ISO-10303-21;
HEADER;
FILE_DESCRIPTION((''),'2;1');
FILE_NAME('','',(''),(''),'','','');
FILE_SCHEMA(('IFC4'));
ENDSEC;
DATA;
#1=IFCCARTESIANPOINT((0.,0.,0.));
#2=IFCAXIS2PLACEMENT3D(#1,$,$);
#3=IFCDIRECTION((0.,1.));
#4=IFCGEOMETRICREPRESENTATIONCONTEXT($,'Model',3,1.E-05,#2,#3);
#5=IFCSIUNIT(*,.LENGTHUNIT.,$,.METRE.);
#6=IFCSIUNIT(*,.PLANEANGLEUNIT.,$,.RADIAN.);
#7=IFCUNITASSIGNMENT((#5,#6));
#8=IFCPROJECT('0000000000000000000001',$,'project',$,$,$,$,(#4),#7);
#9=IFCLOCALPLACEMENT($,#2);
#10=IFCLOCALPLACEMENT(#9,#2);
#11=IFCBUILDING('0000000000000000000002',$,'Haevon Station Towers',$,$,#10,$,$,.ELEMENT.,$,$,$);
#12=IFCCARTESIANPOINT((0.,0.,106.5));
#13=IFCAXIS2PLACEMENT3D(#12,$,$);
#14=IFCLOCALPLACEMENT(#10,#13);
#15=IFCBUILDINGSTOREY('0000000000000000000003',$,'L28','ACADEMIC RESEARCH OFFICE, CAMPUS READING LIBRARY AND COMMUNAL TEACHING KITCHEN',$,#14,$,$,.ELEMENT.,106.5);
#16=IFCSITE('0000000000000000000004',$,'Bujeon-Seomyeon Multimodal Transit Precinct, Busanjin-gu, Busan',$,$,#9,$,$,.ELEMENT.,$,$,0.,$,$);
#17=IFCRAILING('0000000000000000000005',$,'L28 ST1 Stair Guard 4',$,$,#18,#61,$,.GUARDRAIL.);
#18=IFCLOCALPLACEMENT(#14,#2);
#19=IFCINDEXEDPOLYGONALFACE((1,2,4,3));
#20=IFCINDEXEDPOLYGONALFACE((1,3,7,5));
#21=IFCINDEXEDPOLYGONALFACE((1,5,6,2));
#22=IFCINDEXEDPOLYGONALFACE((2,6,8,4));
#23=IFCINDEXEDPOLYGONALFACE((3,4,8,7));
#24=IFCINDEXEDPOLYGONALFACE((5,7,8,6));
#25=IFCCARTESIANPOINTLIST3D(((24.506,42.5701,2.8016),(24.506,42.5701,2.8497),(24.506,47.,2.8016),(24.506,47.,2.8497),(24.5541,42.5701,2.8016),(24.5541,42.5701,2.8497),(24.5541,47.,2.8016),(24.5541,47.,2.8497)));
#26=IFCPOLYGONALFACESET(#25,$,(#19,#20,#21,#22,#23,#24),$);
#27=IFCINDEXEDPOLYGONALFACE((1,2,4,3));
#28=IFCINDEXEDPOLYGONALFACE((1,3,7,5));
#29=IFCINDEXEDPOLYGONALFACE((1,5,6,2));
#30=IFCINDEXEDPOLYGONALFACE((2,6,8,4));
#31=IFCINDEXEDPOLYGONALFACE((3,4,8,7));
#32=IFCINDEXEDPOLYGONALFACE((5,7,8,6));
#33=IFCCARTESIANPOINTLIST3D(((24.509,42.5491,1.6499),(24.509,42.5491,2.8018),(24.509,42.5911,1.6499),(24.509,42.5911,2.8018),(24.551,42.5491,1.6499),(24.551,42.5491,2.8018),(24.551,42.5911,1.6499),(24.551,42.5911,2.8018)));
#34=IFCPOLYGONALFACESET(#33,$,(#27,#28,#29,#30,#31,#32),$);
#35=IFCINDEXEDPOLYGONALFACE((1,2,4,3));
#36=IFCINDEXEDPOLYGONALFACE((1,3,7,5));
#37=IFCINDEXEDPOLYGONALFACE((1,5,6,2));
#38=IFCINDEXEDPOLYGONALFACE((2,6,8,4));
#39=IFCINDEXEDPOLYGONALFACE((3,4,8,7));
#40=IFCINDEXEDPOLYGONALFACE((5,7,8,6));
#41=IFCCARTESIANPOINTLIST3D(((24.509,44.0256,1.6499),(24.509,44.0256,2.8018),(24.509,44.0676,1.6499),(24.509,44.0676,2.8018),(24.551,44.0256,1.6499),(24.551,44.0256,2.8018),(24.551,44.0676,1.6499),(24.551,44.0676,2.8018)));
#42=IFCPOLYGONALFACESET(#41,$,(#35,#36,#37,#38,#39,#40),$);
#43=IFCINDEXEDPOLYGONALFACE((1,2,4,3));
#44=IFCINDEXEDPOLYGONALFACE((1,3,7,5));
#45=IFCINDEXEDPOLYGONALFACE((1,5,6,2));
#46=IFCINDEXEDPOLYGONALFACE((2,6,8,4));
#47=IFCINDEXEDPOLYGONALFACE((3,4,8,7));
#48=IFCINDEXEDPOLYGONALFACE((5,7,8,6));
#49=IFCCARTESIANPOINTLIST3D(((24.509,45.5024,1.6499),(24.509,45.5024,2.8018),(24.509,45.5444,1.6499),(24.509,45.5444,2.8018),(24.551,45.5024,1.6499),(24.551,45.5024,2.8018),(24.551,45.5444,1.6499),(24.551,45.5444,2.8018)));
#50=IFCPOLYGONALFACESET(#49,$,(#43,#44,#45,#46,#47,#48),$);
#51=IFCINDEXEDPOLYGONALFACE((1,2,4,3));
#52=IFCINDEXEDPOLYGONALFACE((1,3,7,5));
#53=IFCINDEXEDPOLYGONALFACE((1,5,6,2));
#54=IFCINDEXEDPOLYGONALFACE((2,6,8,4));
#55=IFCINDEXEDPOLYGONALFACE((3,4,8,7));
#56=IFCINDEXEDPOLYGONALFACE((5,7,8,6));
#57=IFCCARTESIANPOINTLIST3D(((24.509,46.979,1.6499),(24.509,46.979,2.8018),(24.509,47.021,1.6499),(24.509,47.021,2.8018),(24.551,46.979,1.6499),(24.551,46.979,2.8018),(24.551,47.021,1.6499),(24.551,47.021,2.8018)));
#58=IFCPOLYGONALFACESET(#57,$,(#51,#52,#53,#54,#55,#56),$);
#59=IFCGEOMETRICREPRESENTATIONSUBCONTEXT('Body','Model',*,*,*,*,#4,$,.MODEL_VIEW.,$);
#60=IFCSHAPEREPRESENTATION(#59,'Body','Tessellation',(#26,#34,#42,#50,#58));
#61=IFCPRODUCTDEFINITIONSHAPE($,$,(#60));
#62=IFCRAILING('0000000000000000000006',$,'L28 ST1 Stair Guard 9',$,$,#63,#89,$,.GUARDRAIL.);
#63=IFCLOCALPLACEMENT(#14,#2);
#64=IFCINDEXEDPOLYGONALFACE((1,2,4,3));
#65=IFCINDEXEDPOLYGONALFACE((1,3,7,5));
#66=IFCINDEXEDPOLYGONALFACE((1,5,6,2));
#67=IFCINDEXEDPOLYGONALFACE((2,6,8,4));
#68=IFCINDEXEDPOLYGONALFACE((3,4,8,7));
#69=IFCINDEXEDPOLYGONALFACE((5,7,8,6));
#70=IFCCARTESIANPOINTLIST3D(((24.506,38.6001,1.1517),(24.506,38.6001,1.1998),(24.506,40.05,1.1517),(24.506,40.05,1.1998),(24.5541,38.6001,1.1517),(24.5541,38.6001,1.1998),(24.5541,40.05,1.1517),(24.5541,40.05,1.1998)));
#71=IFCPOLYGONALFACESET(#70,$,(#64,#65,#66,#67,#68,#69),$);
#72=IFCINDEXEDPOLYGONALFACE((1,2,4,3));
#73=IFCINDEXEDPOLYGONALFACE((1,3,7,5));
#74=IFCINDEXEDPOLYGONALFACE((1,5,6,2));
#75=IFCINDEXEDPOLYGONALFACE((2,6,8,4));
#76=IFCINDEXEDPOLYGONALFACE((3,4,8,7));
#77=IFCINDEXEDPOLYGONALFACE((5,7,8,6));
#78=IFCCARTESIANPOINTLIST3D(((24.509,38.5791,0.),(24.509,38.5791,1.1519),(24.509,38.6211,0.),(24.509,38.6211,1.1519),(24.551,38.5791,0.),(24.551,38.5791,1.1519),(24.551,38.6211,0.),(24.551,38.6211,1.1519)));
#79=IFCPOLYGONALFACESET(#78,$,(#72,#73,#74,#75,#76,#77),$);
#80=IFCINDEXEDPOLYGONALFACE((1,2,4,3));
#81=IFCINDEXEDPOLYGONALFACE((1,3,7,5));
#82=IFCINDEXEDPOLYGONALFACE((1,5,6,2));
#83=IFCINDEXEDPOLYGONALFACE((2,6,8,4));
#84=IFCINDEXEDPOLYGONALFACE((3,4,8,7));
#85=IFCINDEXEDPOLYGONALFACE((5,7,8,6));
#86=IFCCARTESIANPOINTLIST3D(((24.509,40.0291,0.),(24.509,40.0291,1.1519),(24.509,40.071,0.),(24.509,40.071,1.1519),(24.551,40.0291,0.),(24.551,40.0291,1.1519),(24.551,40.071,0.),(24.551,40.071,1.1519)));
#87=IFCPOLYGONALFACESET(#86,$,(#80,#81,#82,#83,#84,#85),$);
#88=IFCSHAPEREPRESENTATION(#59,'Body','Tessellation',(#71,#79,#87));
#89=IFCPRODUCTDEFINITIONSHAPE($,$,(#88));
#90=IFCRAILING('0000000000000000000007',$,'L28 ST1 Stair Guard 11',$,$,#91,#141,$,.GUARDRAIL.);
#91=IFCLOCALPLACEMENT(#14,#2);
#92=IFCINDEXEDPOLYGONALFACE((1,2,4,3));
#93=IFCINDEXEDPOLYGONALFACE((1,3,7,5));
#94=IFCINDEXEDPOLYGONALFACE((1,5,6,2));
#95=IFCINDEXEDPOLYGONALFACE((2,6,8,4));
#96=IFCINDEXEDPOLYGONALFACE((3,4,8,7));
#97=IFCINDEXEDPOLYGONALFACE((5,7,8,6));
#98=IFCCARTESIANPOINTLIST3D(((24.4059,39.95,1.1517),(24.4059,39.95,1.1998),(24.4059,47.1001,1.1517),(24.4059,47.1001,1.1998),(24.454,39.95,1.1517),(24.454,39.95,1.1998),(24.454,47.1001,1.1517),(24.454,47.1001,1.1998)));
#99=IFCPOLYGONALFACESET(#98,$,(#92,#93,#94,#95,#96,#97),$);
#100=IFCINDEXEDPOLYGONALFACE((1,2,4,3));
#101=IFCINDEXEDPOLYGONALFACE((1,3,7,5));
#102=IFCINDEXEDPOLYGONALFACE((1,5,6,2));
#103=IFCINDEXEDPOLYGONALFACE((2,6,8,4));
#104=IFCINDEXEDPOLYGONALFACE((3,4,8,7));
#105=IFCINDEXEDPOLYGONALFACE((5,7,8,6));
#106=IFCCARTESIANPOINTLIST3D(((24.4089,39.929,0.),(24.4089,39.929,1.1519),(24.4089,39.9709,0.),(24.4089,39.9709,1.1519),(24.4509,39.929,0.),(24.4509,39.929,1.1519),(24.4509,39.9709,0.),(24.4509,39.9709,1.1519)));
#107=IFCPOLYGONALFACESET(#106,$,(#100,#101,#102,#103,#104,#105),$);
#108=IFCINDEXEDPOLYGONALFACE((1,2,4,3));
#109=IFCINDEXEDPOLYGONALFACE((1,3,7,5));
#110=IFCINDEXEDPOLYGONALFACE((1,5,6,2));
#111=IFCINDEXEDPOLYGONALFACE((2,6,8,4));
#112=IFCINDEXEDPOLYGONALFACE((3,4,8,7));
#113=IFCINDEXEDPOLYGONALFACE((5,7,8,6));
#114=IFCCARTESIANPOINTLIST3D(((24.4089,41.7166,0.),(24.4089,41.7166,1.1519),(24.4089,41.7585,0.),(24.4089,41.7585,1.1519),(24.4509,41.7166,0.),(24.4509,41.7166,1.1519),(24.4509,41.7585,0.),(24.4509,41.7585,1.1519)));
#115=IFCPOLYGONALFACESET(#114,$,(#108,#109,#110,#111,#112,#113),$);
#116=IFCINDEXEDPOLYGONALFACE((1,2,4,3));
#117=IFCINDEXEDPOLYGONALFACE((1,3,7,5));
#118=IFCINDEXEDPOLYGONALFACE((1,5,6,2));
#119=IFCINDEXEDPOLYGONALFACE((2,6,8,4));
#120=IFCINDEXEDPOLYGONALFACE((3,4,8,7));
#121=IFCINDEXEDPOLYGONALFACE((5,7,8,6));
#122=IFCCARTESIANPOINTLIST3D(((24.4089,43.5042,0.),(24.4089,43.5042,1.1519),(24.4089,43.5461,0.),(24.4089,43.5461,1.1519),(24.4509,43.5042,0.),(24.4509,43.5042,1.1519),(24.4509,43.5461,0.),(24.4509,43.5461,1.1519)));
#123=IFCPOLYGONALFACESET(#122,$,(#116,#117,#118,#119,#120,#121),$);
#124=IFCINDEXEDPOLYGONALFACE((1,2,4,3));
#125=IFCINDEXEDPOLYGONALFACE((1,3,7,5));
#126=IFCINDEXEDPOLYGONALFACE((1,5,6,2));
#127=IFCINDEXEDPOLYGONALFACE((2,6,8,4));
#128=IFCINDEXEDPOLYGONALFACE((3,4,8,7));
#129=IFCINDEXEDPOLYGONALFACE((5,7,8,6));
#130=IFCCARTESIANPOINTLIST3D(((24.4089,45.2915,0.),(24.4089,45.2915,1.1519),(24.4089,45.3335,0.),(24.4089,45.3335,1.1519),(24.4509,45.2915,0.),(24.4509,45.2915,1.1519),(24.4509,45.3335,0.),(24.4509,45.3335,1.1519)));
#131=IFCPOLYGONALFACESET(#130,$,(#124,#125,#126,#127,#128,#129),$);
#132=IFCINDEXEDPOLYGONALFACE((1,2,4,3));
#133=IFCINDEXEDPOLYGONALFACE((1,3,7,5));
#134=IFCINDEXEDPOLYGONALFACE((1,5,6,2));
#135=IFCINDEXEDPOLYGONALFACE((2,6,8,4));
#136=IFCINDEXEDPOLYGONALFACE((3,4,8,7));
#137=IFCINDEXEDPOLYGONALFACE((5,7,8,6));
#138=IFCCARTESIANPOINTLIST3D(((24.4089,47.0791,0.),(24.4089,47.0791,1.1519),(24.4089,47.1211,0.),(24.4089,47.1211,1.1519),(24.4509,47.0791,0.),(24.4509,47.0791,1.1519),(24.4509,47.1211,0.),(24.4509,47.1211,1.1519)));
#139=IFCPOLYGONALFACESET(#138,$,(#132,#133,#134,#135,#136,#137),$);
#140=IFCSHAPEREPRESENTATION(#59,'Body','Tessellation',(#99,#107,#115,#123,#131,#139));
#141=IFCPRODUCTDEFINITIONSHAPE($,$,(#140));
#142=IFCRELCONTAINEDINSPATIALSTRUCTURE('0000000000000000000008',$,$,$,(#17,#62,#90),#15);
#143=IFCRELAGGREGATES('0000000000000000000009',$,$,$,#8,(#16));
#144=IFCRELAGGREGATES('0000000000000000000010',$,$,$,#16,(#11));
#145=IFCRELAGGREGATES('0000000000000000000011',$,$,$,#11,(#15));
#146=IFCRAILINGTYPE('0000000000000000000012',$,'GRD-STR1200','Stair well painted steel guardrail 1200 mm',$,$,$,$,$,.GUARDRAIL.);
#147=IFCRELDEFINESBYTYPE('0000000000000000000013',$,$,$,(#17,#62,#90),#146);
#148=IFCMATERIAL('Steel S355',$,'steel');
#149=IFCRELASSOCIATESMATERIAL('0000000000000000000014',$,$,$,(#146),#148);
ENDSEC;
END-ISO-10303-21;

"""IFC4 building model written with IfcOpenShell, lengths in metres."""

from ifc_helpers import new_model, si_unit, direction, frame, origin, origin_2d, place, context, subcontext, project, spatial, rectangle, extrude, material, type_object, element, save


model = new_model("IFC4")

# Units and contexts
model_context = context("Model", 3, precision=1e-05, world=origin(), true_north=direction((0.0, 1.0)))
body_context = subcontext(model_context, "Body", "Model", "MODEL_VIEW")
ifc_project = project(units=[si_unit("LENGTHUNIT", "METRE"), si_unit("PLANEANGLEUNIT", "RADIAN")], contexts=[model_context])

# Site, building, storey
site_placement = place(None, origin())
site = spatial("IfcSite", under=ifc_project, at=site_placement, Name="Bujeon-Seomyeon Multimodal Transit Precinct, Busanjin-gu, Busan", CompositionType="ELEMENT", RefElevation=0.0)
building_placement = place(site_placement, origin())
building = spatial("IfcBuilding", under=site, at=building_placement, Name="Haevon Station Towers", CompositionType="ELEMENT")
storey_placement = place(building_placement, frame((0.0, 0.0, 106.5)))
storey = spatial("IfcBuildingStorey", under=building, at=storey_placement, Name="L28", Description="ACADEMIC RESEARCH OFFICE, CAMPUS READING LIBRARY AND COMMUNAL TEACHING KITCHEN", CompositionType="ELEMENT", Elevation=106.5)

# Shared definitions
ifc_material_1 = material(Name="Steel S355", Category="steel")

# Railings
railing_type = type_object("IfcRailingType", Name="GRD-STR1200", Description="Stair well painted steel guardrail 1200 mm", PredefinedType="GUARDRAIL", material=ifc_material_1)
railing_1_placement = place(storey_placement, frame((24.53, 42.5701, 1.6499)))
element("IfcRailing", 1, at=railing_1_placement, inside=storey, type_object=railing_type, Name="L28 ST1 Stair Guard 4", PredefinedType="GUARDRAIL", context=body_context, shape_type="SweptSolid", body=[
    extrude(rectangle(XDim=0.0481, YDim=0.0481, at=origin_2d()), frame((0.0, 0.0, 1.1758), z_axis=(0.0, 1.0, 0.0), x_axis=(-1.0, 0.0, 0.0)), (0.0, 0.0, 1.0), 4.4299),
    extrude(rectangle(XDim=0.042, YDim=0.042, at=origin_2d()), origin(), (0.0, 0.0, 1.0), 1.1519),
    extrude(rectangle(XDim=0.042, YDim=0.042, at=origin_2d()), frame((0.0, 1.4766, 0.0)), (0.0, 0.0, 1.0), 1.1519),
    extrude(rectangle(XDim=0.042, YDim=0.042, at=origin_2d()), frame((0.0, 2.9534, 0.0)), (0.0, 0.0, 1.0), 1.1519),
    extrude(rectangle(XDim=0.042, YDim=0.042, at=origin_2d()), frame((0.0, 4.4299, 0.0)), (0.0, 0.0, 1.0), 1.1519),
])
railing_2_placement = place(storey_placement, frame((24.53, 38.6001, 0.0)))
element("IfcRailing", 2, at=railing_2_placement, inside=storey, type_object=railing_type, Name="L28 ST1 Stair Guard 9", PredefinedType="GUARDRAIL", context=body_context, shape_type="SweptSolid", body=[
    extrude(rectangle(XDim=0.0481, YDim=0.0481, at=origin_2d()), frame((0.0, 0.0, 1.1758), z_axis=(0.0, 1.0, 0.0), x_axis=(-1.0, 0.0, 0.0)), (0.0, 0.0, 1.0), 1.45),
    extrude(rectangle(XDim=0.042, YDim=0.042, at=origin_2d()), origin(), (0.0, 0.0, 1.0), 1.1519),
    extrude(rectangle(XDim=0.042, YDim=0.042, at=origin_2d()), frame((0.0, 1.45, 0.0)), (0.0, 0.0, 1.0), 1.1519),
])
railing_3_placement = place(storey_placement, frame((24.4299, 39.95, 0.0)))
element("IfcRailing", 3, at=railing_3_placement, inside=storey, type_object=railing_type, Name="L28 ST1 Stair Guard 11", PredefinedType="GUARDRAIL", context=body_context, shape_type="SweptSolid", body=[
    extrude(rectangle(XDim=0.0481, YDim=0.0481, at=origin_2d()), frame((0.0, 0.0, 1.1758), z_axis=(0.0, 1.0, 0.0), x_axis=(-1.0, 0.0, 0.0)), (0.0, 0.0, 1.0), 7.1501),
    extrude(rectangle(XDim=0.042, YDim=0.042, at=origin_2d()), origin(), (0.0, 0.0, 1.0), 1.1519),
    extrude(rectangle(XDim=0.042, YDim=0.042, at=origin_2d()), frame((0.0, 1.7876, 0.0)), (0.0, 0.0, 1.0), 1.1519),
    extrude(rectangle(XDim=0.042, YDim=0.042, at=origin_2d()), frame((0.0, 3.5752, 0.0)), (0.0, 0.0, 1.0), 1.1519),
    extrude(rectangle(XDim=0.042, YDim=0.042, at=origin_2d()), frame((0.0, 5.3625, 0.0)), (0.0, 0.0, 1.0), 1.1519),
    extrude(rectangle(XDim=0.042, YDim=0.042, at=origin_2d()), frame((0.0, 7.1501, 0.0)), (0.0, 0.0, 1.0), 1.1519),
])

save(model, "model.ifc")
